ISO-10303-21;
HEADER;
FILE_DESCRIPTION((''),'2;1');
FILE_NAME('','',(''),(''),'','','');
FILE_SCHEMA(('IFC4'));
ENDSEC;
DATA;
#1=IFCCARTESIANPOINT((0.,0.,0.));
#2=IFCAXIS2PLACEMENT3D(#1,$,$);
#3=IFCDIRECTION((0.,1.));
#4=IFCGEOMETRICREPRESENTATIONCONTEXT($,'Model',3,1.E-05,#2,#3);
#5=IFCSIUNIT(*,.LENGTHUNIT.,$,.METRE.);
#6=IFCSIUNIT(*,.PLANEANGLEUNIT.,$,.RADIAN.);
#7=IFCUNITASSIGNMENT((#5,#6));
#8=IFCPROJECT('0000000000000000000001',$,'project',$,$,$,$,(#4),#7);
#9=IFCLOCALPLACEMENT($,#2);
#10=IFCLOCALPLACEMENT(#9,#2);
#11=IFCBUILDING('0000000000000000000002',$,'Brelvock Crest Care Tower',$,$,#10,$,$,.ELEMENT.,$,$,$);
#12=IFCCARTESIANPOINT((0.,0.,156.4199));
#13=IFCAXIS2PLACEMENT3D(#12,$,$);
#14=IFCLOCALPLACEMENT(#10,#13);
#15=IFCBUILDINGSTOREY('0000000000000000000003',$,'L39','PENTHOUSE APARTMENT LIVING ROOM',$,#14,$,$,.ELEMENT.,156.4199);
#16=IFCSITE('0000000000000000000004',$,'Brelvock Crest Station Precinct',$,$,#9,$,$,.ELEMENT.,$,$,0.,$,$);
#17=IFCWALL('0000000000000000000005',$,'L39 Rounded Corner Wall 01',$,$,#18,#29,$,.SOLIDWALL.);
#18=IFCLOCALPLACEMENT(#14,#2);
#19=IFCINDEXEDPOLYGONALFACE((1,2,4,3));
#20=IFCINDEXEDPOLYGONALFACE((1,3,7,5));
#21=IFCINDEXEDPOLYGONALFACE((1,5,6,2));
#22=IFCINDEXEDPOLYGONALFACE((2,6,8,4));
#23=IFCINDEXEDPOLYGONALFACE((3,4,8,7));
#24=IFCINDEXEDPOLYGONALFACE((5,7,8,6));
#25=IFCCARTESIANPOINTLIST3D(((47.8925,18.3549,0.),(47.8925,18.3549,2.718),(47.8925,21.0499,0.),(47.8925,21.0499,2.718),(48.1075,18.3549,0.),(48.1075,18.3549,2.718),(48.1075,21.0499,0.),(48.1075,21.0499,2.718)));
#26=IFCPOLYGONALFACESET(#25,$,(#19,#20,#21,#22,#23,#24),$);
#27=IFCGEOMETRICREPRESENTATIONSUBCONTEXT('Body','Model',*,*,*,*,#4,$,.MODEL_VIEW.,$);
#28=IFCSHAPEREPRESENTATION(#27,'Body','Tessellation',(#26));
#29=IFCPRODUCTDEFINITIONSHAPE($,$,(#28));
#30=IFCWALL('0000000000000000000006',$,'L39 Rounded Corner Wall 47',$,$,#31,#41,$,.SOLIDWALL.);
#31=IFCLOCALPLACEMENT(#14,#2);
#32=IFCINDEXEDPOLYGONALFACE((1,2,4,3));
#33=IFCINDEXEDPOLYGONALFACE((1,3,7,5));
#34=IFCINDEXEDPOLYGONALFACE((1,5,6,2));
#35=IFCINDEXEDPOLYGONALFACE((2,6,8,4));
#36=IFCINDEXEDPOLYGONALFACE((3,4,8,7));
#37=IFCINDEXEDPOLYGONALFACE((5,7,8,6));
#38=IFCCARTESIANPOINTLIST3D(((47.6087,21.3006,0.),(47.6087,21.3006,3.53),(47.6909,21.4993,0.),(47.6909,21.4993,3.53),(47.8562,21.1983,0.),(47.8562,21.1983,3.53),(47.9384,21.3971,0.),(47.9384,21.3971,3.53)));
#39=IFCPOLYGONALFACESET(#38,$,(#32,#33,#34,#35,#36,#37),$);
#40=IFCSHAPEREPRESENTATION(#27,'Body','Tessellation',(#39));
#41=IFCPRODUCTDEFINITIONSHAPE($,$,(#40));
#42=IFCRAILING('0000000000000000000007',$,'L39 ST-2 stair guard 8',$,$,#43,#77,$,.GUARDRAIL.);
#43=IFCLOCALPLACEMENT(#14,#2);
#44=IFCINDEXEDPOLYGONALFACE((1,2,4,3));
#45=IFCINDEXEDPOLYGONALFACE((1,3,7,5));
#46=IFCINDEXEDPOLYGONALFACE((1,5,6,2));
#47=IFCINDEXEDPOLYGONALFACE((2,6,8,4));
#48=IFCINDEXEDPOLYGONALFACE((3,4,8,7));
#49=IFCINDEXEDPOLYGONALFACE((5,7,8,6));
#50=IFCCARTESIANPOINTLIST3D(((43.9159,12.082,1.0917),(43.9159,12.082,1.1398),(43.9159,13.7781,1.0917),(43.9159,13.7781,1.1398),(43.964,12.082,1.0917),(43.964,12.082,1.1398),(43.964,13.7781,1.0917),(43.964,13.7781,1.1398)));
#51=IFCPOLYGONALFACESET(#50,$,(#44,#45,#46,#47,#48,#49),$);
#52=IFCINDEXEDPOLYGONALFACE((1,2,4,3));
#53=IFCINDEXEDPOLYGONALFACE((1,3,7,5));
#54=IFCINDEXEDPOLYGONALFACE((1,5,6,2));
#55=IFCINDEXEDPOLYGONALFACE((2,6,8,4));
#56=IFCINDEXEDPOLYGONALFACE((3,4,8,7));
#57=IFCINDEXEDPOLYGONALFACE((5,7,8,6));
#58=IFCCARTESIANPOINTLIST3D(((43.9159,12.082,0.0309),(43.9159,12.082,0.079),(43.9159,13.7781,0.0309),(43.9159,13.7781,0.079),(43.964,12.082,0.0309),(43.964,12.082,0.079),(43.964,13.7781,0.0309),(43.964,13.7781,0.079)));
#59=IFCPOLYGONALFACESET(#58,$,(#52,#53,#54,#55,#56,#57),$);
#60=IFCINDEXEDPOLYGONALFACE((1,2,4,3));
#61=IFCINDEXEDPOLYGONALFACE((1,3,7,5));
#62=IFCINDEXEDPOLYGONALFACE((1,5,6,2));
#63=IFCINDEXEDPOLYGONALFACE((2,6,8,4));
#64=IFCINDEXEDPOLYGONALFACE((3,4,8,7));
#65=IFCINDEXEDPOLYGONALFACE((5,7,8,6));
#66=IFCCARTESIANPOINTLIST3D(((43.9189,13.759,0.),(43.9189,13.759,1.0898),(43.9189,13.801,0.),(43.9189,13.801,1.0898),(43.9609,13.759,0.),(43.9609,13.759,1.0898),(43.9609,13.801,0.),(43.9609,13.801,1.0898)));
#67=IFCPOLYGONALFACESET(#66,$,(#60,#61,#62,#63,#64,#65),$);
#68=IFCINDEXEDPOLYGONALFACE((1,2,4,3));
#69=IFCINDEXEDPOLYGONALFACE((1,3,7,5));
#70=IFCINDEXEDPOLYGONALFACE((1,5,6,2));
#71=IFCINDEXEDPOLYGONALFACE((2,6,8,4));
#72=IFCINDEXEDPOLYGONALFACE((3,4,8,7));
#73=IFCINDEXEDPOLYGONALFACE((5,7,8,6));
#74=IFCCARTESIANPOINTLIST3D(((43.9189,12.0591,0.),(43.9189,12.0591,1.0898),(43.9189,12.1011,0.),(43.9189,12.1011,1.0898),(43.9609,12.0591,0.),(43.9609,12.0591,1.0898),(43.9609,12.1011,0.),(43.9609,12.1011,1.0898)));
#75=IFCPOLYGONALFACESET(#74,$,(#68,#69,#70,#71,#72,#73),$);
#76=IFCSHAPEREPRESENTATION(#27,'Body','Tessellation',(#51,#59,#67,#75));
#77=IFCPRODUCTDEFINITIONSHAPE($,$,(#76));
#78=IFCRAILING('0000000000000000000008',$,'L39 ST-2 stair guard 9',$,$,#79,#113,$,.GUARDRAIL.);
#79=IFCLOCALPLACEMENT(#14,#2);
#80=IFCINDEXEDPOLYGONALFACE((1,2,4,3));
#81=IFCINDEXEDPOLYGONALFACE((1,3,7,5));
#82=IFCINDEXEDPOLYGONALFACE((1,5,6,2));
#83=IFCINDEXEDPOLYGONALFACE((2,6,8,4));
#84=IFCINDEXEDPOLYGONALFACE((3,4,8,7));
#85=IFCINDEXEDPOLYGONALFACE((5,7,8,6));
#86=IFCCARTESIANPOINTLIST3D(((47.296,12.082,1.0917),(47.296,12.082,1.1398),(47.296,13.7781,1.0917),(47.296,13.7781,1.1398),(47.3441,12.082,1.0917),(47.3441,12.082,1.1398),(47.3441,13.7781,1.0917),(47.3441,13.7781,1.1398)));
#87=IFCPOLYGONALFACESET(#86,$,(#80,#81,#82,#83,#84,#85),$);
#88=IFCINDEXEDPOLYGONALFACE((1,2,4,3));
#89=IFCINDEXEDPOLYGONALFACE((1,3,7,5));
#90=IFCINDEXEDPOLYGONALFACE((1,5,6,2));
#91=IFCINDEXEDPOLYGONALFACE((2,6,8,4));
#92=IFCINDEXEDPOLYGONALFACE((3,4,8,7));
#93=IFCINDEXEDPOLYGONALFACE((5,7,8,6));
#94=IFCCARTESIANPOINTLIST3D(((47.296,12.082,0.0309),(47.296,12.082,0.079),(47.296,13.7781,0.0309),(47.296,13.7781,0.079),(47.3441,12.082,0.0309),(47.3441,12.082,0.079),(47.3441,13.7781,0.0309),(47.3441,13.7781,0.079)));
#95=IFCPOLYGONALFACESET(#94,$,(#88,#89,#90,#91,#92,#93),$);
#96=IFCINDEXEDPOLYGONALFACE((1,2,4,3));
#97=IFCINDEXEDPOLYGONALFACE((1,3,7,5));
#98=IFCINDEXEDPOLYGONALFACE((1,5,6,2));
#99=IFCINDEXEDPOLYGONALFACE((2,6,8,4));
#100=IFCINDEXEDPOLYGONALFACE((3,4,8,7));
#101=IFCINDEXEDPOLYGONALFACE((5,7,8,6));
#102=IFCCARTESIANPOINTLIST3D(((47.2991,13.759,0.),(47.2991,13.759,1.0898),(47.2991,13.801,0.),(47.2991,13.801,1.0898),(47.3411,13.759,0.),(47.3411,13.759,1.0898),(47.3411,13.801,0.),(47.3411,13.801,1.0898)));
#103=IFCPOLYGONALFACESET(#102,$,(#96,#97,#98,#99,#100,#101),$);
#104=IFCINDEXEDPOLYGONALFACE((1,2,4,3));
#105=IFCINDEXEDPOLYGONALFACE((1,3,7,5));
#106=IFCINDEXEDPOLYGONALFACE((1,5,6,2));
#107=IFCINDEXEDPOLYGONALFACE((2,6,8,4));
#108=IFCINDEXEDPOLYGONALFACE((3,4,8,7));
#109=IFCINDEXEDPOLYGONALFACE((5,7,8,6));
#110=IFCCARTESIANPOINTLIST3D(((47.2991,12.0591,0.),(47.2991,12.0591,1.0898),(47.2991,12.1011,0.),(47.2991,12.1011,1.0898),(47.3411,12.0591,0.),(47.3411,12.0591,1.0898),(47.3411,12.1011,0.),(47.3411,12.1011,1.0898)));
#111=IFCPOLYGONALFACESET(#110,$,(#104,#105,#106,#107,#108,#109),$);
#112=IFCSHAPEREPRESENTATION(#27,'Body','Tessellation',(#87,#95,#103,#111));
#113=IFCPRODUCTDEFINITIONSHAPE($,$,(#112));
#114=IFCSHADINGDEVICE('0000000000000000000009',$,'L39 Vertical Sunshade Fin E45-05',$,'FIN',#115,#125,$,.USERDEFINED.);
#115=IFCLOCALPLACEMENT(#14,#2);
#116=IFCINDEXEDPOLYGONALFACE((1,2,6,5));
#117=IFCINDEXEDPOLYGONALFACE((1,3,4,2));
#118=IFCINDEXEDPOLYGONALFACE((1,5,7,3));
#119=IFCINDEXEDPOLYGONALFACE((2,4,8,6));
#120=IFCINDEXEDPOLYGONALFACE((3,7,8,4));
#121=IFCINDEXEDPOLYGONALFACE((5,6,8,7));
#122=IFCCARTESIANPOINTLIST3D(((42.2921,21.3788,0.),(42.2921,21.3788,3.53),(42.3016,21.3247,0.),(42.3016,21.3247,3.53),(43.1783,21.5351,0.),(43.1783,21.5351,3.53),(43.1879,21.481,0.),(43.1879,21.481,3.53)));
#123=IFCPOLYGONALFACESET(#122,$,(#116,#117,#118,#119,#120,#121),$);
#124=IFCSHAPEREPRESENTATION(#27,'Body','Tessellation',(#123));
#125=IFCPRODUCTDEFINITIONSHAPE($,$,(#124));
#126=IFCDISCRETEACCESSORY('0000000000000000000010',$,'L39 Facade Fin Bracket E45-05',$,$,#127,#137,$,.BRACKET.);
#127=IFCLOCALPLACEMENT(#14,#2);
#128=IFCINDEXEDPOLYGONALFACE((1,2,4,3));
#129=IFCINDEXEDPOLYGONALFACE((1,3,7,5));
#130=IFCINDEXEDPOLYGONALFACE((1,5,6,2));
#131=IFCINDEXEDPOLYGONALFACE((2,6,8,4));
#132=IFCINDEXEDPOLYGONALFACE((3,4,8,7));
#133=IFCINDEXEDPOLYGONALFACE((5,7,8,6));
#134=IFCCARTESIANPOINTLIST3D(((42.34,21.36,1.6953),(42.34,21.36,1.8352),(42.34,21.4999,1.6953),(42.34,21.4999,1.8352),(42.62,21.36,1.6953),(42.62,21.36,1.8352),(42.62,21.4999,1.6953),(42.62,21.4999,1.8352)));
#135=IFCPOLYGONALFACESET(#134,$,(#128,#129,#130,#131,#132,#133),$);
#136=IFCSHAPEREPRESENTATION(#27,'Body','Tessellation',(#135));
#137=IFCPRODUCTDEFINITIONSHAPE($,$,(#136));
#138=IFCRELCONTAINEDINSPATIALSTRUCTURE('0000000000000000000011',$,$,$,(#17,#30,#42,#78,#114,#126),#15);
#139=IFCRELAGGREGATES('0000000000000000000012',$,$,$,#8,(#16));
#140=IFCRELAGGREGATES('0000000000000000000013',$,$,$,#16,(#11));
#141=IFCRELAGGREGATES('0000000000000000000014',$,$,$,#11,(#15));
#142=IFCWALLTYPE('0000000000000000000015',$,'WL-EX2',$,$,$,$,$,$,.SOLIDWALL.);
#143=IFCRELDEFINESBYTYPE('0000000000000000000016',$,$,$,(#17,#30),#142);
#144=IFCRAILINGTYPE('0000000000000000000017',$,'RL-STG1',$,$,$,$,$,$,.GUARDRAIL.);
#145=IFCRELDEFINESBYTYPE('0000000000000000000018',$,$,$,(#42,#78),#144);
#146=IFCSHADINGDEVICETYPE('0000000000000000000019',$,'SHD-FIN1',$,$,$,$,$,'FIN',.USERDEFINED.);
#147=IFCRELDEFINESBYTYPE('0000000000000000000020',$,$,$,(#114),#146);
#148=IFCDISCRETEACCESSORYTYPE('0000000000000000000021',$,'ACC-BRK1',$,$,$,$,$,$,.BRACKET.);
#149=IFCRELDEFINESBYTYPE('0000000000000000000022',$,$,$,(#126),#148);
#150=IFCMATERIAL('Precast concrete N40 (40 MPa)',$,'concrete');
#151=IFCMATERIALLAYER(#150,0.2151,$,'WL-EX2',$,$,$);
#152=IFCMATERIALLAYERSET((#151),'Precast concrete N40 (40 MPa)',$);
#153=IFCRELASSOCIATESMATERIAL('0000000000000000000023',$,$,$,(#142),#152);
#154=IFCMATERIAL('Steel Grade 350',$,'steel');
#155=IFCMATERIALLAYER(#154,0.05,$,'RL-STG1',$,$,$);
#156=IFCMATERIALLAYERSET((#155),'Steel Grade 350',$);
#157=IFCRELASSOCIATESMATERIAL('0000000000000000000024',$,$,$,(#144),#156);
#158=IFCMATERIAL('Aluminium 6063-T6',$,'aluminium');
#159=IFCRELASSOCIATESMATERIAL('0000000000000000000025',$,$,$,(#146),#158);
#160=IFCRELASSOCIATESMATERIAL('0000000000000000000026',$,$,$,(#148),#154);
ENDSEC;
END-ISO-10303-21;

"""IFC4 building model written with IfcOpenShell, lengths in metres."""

from ifc_helpers import new_model, si_unit, direction, frame, frame_2d, origin, origin_2d, place, context, subcontext, project, spatial, rectangle, extrude, source, transform, mapped, material, layer, layer_set, material_profile, profile_set, type_object, element, save


model = new_model("IFC4")

# Units and contexts
model_context = context("Model", 3, precision=1e-05, world=origin(), true_north=direction((0.0, 1.0)))
body_context = subcontext(model_context, "Body", "Model", "MODEL_VIEW")
ifc_project = project(units=[si_unit("LENGTHUNIT", "METRE"), si_unit("PLANEANGLEUNIT", "RADIAN")], contexts=[model_context])

# Site, building, storey
site_placement = place(None, origin())
site = spatial("IfcSite", under=ifc_project, at=site_placement, Name="Brelvock Crest Station Precinct", CompositionType="ELEMENT", RefElevation=0.0)
building_placement = place(site_placement, origin())
building = spatial("IfcBuilding", under=site, at=building_placement, Name="Brelvock Crest Care Tower", CompositionType="ELEMENT")
storey_placement = place(building_placement, frame((0.0, 0.0, 156.4199)))
storey = spatial("IfcBuildingStorey", under=building, at=storey_placement, Name="L39", Description="PENTHOUSE APARTMENT LIVING ROOM", CompositionType="ELEMENT", Elevation=156.4199)

# Shared definitions
ifc_material_1 = material(Name="Steel Grade 350", Category="steel")

# Shared definitions
ifc_material_2 = material(Name="Aluminium 6063-T6", Category="aluminium")

# Walls
ifc_material_3 = material(Name="Precast concrete N40 (40 MPa)", Category="concrete")
ifc_layer_1 = layer(ifc_material_3, 0.2151, Name="WL-EX2")
ifc_layer_set_1 = layer_set([ifc_layer_1], Name="Precast concrete N40 (40 MPa)")
wall_type_1 = type_object("IfcWallType", Name="WL-EX2", PredefinedType="SOLIDWALL", material=ifc_layer_set_1)
wall_1_placement = place(storey_placement, frame((48.0, 21.05, 0.0), z_axis=(0.0, 0.0, 1.0), x_axis=(0.0, -1.0, 0.0)))
element("IfcWall", 1, at=wall_1_placement, inside=storey, type_object=wall_type_1, Name="L39 Rounded Corner Wall 01", PredefinedType="SOLIDWALL", context=body_context, shape_type="SweptSolid", body=[
    extrude(rectangle(XDim=2.6951, YDim=0.2151, at=frame_2d((1.3477, 0.0))), origin(), (0.0, 0.0, 1.0), 2.718),
])
wall_2_placement = place(storey_placement, frame((47.6499, 21.3999, 0.0), z_axis=(0.0, 0.0, 1.0), x_axis=(0.924205, -0.381896, 0.0)))
element("IfcWall", 2, at=wall_2_placement, inside=storey, type_object=wall_type_1, Name="L39 Rounded Corner Wall 47", PredefinedType="SOLIDWALL", context=body_context, shape_type="SweptSolid", body=[
    extrude(rectangle(XDim=0.2678, YDim=0.2151, at=frame_2d((0.1338, 0.0))), origin(), (0.0, 0.0, 1.0), 3.53),
])

# Railings
ifc_layer_2 = layer(ifc_material_1, 0.05, Name="RL-STG1")
ifc_layer_set_2 = layer_set([ifc_layer_2], Name="Steel Grade 350")
railing_type = type_object("IfcRailingType", Name="RL-STG1", PredefinedType="GUARDRAIL", material=ifc_layer_set_2)
for number, where, name in (
    (3, (43.9399, 13.78, 0.0), "L39 ST-2 stair guard 8"),
    (4, (47.3201, 13.78, 0.0), "L39 ST-2 stair guard 9"),
):
    element("IfcRailing", number, at=place(storey_placement, frame(where)), inside=storey, type_object=railing_type, Name=name, PredefinedType="GUARDRAIL", context=body_context, shape_type="SweptSolid", body=[
        extrude(rectangle(XDim=0.0481, YDim=0.0481, at=origin_2d()), frame((0.0, -0.002, 1.1157), z_axis=(0.0, -1.0, 0.0), x_axis=(1.0, 0.0, 0.0)), (0.0, 0.0, 1.0), 1.696),
        extrude(rectangle(XDim=0.0481, YDim=0.0481, at=origin_2d()), frame((0.0, -0.002, 0.0549), z_axis=(0.0, -1.0, 0.0), x_axis=(1.0, 0.0, 0.0)), (0.0, 0.0, 1.0), 1.696),
        extrude(rectangle(XDim=0.042, YDim=0.042, at=origin_2d()), origin(), (0.0, 0.0, 1.0), 1.0898),
        extrude(rectangle(XDim=0.042, YDim=0.042, at=origin_2d()), frame((0.0, -1.7, 0.0)), (0.0, 0.0, 1.0), 1.0898),
    ])

# Shading device
ifc_material_profile_1 = material_profile(ifc_material_2, rectangle(XDim=0.0549, YDim=0.8999, at=origin_2d()), Name="FIN55x900")
ifc_profile_set_1 = profile_set([ifc_material_profile_1], Name="Aluminium 6063-T6")
shading_device_type = type_object("IfcShadingDeviceType", Name="SHD-FIN1", ElementType="FIN", PredefinedType="USERDEFINED", material=ifc_profile_set_1)
shared_shape_1 = source(origin(), body_context, "Body", "SweptSolid", [
    extrude(rectangle(XDim=0.0549, YDim=0.8999, at=origin_2d()), origin(), (0.0, 0.0, 1.0), 3.53),
])
shading_device_placement = place(storey_placement, frame((42.74, 21.4299, 0.0), z_axis=(0.0, 0.0, 1.0), x_axis=(0.173648, -0.984808, 0.0)))
element("IfcShadingDevice", 5, at=shading_device_placement, inside=storey, type_object=shading_device_type, Name="L39 Vertical Sunshade Fin E45-05", ObjectType="FIN", PredefinedType="USERDEFINED", context=body_context, shape_type="MappedRepresentation", body=[
    mapped(shared_shape_1, transform((0.0, 0.0, 0.0), x_axis=(1.0, 0.0, 0.0), y_axis=(0.0, 1.0, 0.0), z_axis=(0.0, 0.0, 1.0), scale=1.0)),
])

# Discrete accessory
discrete_accessory_type = type_object("IfcDiscreteAccessoryType", Name="ACC-BRK1", PredefinedType="BRACKET", material=ifc_material_1)
shared_shape_2 = source(origin(), body_context, "Body", "SweptSolid", [
    extrude(rectangle(XDim=0.28, YDim=0.1399, at=origin_2d()), origin(), (0.0, 0.0, 1.0), 0.1399),
])
discrete_accessory_placement = place(storey_placement, frame((42.48, 21.4299, 1.6953), z_axis=(0.0, 0.0, 1.0), x_axis=(1.0, 0.0, 0.0)))
element("IfcDiscreteAccessory", 6, at=discrete_accessory_placement, inside=storey, type_object=discrete_accessory_type, Name="L39 Facade Fin Bracket E45-05", PredefinedType="BRACKET", context=body_context, shape_type="MappedRepresentation", body=[
    mapped(shared_shape_2, transform((0.0, 0.0, 0.0), x_axis=(1.0, 0.0, 0.0), y_axis=(0.0, 1.0, 0.0), z_axis=(0.0, 0.0, 1.0), scale=1.0)),
])

save(model, "model.ifc")
